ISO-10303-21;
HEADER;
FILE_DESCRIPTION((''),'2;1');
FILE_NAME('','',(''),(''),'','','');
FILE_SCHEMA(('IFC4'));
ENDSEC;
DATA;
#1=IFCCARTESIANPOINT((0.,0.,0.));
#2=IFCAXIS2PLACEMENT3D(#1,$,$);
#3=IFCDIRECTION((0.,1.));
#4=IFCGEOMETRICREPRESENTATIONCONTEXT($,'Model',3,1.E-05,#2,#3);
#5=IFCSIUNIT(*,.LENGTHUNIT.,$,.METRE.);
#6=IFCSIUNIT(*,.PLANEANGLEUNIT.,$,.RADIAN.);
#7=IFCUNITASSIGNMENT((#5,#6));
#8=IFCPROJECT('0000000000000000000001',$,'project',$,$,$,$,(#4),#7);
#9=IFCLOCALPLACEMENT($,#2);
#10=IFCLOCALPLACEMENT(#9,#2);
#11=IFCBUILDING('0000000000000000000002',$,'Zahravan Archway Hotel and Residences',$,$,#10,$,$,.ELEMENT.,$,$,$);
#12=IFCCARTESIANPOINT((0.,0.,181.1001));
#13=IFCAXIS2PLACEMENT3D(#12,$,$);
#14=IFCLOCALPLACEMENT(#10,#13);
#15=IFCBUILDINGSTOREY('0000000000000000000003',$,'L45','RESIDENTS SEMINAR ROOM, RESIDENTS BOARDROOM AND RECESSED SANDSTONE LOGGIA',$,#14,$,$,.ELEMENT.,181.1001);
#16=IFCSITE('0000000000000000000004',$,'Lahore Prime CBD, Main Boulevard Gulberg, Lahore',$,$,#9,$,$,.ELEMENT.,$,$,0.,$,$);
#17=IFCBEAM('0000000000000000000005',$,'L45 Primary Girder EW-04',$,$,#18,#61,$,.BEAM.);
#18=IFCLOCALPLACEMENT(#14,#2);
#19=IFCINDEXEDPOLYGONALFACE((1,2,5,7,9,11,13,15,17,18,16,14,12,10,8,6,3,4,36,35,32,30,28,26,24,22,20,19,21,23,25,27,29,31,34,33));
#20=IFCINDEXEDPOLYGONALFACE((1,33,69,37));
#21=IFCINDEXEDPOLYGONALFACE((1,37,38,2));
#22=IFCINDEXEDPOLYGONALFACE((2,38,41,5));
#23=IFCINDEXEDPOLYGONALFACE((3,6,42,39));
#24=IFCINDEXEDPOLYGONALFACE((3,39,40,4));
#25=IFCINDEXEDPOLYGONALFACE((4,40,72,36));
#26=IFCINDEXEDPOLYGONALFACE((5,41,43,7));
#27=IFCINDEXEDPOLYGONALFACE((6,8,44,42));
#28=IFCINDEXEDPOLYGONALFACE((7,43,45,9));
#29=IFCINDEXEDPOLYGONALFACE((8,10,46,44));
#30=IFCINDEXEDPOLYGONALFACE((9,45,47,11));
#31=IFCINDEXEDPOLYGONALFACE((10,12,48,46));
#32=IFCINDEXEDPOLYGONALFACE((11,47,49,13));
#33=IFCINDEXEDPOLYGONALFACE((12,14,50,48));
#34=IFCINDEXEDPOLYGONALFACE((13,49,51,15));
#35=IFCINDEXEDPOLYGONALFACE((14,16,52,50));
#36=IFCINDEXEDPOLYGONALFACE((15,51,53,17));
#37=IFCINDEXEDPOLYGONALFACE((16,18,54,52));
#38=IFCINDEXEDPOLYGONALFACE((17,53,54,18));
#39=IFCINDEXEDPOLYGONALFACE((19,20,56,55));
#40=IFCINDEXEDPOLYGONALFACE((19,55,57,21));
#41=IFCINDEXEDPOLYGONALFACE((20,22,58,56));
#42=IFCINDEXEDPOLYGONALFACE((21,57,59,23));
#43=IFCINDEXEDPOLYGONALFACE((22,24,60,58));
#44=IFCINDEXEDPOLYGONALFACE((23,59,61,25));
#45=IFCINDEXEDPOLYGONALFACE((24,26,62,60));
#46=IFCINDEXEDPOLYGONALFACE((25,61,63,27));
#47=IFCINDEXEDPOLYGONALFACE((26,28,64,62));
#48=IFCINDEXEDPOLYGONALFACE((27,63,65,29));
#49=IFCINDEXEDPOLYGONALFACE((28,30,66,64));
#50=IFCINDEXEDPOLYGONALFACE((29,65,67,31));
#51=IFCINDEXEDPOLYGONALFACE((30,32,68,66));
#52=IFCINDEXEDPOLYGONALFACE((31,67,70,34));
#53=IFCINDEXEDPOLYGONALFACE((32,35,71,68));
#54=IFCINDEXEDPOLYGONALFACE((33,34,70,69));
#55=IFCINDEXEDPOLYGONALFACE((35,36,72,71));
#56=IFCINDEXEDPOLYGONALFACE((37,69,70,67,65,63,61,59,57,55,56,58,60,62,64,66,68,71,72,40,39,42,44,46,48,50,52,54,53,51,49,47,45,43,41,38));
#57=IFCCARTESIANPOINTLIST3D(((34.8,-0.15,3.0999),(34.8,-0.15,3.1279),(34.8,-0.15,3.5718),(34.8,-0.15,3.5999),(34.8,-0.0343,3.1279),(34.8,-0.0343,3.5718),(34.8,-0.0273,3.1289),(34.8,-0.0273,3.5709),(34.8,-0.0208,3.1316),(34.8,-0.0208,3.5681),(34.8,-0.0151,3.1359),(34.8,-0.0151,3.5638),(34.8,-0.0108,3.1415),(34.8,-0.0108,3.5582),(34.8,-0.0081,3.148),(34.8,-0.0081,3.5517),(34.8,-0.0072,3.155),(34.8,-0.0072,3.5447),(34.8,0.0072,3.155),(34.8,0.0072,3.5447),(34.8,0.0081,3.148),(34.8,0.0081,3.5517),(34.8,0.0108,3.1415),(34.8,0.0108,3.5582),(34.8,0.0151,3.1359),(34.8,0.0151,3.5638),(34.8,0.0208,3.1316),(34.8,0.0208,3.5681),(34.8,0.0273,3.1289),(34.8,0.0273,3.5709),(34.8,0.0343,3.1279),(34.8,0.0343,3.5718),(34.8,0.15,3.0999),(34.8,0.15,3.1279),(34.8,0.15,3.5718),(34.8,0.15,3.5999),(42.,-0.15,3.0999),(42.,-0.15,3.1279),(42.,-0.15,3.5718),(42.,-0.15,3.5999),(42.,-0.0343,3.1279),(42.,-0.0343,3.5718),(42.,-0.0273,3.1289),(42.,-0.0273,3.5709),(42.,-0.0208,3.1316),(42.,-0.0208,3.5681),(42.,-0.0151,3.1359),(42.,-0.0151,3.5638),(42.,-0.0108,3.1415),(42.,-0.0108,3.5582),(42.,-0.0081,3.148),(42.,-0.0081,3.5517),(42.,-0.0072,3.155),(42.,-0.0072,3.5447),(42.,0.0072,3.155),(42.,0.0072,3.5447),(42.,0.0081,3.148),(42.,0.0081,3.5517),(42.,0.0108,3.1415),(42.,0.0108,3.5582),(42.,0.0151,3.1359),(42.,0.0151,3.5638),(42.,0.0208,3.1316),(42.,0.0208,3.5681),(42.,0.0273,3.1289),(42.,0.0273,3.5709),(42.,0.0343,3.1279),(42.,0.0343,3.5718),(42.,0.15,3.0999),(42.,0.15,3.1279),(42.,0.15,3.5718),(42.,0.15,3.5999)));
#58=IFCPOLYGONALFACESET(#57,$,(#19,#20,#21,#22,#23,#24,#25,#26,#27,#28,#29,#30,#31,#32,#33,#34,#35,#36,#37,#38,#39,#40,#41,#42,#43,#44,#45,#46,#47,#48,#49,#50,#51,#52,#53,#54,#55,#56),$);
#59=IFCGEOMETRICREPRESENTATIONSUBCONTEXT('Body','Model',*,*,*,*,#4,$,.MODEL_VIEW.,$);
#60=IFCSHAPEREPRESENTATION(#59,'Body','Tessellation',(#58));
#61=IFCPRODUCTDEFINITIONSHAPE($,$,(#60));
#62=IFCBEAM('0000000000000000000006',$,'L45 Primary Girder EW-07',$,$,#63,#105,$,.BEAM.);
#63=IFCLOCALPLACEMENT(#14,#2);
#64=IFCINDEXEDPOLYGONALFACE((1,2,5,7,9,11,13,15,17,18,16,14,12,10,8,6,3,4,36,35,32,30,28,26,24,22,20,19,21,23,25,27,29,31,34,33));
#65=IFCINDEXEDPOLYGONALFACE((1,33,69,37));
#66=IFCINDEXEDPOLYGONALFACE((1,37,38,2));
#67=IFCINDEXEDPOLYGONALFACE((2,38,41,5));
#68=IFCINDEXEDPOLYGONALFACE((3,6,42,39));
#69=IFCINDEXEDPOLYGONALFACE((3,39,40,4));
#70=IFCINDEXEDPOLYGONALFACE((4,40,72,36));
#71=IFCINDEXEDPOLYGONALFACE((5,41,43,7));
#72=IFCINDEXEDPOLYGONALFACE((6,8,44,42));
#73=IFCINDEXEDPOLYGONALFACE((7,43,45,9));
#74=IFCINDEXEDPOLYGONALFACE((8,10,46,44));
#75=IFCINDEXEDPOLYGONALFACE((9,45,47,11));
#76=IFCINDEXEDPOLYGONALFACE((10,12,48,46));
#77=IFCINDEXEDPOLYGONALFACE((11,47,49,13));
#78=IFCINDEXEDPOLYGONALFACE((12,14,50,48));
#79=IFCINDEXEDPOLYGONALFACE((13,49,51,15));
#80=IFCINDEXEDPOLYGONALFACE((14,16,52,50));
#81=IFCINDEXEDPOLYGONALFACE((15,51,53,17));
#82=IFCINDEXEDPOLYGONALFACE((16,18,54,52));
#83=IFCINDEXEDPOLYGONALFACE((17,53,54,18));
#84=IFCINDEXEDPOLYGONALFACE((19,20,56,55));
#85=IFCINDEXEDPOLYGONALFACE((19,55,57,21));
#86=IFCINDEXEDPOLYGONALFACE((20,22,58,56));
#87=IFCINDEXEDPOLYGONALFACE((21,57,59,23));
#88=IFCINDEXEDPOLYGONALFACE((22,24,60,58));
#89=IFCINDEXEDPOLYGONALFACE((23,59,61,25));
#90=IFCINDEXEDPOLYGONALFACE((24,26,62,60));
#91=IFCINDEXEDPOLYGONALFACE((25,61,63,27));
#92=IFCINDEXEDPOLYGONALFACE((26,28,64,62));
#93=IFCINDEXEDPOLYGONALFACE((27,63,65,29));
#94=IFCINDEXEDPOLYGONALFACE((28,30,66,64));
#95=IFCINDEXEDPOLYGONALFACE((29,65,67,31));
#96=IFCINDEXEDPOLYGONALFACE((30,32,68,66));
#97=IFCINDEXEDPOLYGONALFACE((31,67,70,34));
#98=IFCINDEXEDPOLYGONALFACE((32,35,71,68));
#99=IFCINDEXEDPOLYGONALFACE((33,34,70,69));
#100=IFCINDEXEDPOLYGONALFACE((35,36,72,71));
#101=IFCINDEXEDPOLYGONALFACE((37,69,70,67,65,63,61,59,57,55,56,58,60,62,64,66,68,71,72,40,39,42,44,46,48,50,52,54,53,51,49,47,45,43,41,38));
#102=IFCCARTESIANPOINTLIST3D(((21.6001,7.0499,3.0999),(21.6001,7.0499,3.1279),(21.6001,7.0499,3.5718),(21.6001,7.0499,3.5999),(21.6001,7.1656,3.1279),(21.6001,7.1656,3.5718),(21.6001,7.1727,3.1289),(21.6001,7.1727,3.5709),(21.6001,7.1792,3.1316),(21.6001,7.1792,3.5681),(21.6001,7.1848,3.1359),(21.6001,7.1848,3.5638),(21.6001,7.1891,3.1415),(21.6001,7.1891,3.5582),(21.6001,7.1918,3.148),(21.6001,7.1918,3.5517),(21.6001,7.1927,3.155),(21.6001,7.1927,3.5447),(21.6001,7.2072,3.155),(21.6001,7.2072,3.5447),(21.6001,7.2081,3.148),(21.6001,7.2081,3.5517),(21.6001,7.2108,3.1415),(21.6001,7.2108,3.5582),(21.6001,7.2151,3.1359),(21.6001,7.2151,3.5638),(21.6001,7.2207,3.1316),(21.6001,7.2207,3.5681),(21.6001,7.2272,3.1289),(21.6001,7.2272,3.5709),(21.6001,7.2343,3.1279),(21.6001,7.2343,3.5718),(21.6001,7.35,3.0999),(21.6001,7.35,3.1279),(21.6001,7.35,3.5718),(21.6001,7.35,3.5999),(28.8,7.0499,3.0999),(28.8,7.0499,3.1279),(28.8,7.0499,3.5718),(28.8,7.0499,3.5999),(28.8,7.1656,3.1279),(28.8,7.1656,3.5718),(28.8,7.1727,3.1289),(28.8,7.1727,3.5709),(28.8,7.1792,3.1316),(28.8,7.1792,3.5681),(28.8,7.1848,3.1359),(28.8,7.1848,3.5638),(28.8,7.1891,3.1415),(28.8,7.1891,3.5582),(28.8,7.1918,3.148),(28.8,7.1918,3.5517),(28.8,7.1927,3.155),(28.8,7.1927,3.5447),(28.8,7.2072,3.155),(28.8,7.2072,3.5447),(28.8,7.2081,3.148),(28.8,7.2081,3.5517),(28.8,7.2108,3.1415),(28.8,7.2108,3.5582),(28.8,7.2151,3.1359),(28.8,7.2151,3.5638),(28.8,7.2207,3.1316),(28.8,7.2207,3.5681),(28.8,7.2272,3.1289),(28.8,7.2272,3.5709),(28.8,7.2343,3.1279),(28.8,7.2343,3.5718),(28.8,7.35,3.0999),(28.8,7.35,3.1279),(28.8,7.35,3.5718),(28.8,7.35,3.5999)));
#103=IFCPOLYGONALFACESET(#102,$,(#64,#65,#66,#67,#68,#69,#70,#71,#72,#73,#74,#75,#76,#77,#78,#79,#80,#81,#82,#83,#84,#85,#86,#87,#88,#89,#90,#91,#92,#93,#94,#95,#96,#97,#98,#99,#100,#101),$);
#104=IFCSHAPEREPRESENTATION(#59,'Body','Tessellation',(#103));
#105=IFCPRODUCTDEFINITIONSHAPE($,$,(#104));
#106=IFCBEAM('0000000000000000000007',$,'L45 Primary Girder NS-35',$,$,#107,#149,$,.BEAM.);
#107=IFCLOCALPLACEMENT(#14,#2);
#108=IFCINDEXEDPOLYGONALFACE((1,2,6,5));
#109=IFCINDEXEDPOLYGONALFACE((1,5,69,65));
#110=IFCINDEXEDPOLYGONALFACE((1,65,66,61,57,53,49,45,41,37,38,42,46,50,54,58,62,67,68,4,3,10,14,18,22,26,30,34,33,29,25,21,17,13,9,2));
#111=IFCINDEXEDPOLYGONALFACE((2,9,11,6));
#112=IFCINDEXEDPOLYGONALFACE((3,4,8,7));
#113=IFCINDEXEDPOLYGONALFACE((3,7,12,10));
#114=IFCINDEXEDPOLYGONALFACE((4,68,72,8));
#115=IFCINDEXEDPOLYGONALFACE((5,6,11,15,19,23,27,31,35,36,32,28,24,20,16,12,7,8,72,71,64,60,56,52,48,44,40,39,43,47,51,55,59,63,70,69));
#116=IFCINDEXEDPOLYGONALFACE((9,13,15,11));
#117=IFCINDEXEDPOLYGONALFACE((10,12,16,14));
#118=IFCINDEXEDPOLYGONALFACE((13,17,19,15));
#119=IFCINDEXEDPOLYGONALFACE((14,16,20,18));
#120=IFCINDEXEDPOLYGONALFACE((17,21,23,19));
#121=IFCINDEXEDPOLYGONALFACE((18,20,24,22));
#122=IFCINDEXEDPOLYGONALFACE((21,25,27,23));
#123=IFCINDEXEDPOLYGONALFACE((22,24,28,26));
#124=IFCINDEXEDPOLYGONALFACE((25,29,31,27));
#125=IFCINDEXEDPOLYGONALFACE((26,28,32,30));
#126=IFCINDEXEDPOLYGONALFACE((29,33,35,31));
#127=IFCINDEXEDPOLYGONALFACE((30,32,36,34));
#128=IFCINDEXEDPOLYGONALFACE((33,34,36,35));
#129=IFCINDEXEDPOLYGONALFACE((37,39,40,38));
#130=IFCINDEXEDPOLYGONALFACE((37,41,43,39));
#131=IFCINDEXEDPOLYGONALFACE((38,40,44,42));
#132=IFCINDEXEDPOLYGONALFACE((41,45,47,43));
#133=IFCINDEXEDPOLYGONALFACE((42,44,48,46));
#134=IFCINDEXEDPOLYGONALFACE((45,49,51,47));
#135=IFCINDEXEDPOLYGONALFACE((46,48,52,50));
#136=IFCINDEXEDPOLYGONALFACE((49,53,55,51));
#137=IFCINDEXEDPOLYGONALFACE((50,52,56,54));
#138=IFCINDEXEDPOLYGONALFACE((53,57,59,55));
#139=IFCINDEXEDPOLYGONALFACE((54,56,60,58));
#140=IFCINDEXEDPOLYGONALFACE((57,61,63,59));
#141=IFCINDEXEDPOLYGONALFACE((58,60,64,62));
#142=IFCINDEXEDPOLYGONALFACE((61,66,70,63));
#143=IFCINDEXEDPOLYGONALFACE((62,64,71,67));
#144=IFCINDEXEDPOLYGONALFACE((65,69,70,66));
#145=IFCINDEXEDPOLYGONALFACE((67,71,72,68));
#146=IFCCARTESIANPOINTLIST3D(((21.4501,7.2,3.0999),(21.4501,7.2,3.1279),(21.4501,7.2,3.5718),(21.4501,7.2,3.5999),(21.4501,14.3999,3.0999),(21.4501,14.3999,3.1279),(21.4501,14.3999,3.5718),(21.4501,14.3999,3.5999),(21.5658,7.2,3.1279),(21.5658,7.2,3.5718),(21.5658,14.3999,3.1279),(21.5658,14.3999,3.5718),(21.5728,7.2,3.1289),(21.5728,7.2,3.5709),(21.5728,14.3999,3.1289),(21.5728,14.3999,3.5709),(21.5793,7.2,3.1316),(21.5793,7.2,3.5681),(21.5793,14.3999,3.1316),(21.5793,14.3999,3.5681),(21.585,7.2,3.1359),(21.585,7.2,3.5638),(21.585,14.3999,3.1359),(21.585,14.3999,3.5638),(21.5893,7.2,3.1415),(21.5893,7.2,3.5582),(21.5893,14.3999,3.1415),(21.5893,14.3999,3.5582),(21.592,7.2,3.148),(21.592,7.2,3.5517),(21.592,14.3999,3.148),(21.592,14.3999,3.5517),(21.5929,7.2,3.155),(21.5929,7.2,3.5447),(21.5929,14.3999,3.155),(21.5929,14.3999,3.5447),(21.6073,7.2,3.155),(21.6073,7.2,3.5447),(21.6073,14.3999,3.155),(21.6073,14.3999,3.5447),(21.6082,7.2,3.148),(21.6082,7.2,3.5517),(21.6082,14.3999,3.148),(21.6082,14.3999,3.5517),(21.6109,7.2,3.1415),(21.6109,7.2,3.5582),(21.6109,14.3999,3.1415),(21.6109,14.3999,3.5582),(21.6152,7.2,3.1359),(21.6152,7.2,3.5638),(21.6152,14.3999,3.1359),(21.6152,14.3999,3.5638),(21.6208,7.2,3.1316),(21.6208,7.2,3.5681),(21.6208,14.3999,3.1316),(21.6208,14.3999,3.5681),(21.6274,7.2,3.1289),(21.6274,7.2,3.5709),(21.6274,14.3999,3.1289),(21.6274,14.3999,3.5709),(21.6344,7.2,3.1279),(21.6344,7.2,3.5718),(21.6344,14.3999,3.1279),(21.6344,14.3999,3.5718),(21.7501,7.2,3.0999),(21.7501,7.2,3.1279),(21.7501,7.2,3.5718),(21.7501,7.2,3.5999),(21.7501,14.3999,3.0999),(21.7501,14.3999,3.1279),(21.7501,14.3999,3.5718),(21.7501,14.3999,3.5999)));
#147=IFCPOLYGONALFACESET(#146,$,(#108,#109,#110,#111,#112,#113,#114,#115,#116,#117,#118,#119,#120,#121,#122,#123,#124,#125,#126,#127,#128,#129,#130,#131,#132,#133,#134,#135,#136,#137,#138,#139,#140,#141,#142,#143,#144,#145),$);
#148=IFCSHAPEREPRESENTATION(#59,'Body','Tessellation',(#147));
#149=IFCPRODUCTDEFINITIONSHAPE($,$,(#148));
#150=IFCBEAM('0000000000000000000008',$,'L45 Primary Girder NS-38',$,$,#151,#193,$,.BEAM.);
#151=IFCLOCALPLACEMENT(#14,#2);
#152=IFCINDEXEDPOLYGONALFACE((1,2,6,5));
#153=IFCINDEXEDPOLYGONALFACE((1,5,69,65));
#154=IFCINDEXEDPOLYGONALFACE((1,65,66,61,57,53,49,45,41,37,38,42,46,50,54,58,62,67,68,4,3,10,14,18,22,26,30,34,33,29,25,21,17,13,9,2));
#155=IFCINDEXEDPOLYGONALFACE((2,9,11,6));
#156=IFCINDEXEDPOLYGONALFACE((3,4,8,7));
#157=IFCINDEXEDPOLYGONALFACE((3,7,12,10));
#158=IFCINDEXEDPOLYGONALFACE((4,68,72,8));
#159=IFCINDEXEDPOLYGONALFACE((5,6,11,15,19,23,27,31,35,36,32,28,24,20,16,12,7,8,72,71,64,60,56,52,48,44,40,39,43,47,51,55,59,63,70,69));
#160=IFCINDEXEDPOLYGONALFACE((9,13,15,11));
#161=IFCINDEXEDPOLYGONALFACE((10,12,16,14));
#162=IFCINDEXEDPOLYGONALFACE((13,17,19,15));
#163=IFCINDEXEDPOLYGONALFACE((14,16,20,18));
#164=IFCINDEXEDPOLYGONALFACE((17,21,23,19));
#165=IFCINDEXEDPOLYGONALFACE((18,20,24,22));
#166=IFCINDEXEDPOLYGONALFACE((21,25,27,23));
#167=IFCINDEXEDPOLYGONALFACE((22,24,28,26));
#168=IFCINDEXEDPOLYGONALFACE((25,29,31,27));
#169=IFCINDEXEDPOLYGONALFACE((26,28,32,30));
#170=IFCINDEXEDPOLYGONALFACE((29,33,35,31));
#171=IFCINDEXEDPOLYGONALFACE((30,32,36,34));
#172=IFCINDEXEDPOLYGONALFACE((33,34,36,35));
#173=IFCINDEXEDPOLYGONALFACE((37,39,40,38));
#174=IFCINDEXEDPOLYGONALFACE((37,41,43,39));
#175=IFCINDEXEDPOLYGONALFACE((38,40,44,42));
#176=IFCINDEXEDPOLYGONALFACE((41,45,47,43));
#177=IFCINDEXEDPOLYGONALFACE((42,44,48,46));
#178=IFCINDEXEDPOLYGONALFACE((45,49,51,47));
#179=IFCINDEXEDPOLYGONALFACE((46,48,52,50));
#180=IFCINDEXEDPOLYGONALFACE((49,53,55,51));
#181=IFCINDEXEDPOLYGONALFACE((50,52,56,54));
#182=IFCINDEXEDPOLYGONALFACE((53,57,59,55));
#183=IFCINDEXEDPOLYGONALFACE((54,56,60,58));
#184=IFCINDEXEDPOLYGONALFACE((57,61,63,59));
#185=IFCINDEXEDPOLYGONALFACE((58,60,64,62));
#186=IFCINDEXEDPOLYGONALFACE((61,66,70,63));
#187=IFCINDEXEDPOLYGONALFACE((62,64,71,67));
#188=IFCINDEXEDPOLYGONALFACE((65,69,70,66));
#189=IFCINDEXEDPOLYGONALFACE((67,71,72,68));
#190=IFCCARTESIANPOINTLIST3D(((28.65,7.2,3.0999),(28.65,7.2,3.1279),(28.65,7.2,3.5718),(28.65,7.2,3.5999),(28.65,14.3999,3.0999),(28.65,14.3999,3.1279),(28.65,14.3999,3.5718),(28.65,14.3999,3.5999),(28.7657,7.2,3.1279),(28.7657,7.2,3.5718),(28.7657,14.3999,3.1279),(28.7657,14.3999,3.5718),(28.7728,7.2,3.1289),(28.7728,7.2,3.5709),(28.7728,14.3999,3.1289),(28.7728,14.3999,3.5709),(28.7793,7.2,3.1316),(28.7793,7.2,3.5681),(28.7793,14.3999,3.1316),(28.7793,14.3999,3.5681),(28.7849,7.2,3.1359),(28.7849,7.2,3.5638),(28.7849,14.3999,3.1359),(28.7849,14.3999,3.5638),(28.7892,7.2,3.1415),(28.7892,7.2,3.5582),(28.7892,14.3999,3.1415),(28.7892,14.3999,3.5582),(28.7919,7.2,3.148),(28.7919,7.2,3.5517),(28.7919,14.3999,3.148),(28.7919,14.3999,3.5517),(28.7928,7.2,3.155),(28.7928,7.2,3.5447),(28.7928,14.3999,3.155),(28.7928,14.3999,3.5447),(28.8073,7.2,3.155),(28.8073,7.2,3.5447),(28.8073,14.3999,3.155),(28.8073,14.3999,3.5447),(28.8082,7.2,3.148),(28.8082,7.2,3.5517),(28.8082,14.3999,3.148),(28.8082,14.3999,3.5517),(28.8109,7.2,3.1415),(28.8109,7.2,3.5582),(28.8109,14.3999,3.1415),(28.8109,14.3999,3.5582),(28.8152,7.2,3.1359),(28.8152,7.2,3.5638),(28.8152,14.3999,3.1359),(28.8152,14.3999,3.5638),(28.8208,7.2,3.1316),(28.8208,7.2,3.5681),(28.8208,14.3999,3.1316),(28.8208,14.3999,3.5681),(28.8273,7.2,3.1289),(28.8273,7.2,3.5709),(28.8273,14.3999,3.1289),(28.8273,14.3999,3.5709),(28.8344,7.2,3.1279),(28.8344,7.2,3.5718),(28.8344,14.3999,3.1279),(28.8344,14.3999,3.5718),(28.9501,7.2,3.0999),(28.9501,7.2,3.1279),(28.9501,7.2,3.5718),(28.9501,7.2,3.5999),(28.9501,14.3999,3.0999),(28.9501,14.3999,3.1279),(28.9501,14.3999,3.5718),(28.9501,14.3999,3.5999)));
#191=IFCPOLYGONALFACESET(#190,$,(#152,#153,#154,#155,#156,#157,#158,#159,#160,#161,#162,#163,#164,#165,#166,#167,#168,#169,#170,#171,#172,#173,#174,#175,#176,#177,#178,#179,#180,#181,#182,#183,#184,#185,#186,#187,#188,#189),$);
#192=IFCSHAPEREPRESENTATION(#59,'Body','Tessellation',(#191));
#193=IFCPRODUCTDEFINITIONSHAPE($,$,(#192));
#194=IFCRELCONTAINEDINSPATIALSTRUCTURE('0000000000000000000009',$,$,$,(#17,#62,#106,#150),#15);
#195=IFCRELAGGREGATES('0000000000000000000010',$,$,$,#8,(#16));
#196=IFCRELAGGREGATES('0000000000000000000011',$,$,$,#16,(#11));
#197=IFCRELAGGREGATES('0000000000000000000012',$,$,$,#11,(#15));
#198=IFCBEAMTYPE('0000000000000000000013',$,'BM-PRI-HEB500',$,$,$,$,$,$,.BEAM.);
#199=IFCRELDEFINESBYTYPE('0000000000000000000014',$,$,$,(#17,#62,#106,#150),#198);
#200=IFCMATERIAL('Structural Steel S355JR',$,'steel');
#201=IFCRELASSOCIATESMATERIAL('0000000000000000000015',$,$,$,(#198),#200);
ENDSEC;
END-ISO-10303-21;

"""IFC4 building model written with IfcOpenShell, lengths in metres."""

from ifc_helpers import new_model, si_unit, direction, frame, origin, origin_2d, place, context, subcontext, project, spatial, i_section, extrude, source, transform, mapped, material, material_profile, profile_set, type_object, element, save


model = new_model("IFC4")

# Units and contexts
model_context = context("Model", 3, precision=1e-05, world=origin(), true_north=direction((0.0, 1.0)))
body_context = subcontext(model_context, "Body", "Model", "MODEL_VIEW")
ifc_project = project(units=[si_unit("LENGTHUNIT", "METRE"), si_unit("PLANEANGLEUNIT", "RADIAN")], contexts=[model_context])

# Site, building, storey
site_placement = place(None, origin())
site = spatial("IfcSite", under=ifc_project, at=site_placement, Name="Lahore Prime CBD, Main Boulevard Gulberg, Lahore", CompositionType="ELEMENT", RefElevation=0.0)
building_placement = place(site_placement, origin())
building = spatial("IfcBuilding", under=site, at=building_placement, Name="Zahravan Archway Hotel and Residences", CompositionType="ELEMENT")
storey_placement = place(building_placement, frame((0.0, 0.0, 181.1001)))
storey = spatial("IfcBuildingStorey", under=building, at=storey_placement, Name="L45", Description="RESIDENTS SEMINAR ROOM, RESIDENTS BOARDROOM AND RECESSED SANDSTONE LOGGIA", CompositionType="ELEMENT", Elevation=181.1001)

# Beams
ifc_material_1 = material(Name="Structural Steel S355JR", Category="steel")
ifc_material_profile_1 = material_profile(ifc_material_1, i_section(OverallWidth=0.3, OverallDepth=0.5, WebThickness=0.0144, FlangeThickness=0.0281, FilletRadius=0.0271, at=origin_2d()), Name="HEB 500", Category="steel")
ifc_profile_set_1 = profile_set([ifc_material_profile_1], Name="Structural Steel S355JR")
beam_type_1 = type_object("IfcBeamType", Name="BM-PRI-HEB500", PredefinedType="BEAM", material=ifc_profile_set_1)
shared_shape_1 = source(origin(), body_context, "Body", "SweptSolid", [
    extrude(i_section(OverallWidth=0.3, OverallDepth=0.5, WebThickness=0.0144, FlangeThickness=0.0281, FilletRadius=0.0271, at=origin_2d()), origin(), (0.0, 0.0, 1.0), 7.2),
])
for number, where, z_axis, x_axis, name in (
    (1, (34.8, 0.0, 3.3499), (1.0, 0.0, 0.0), (0.0, 1.0, 0.0), "L45 Primary Girder EW-04"),
    (2, (21.6001, 7.2, 3.3499), (1.0, 0.0, 0.0), (0.0, 1.0, 0.0), "L45 Primary Girder EW-07"),
    (3, (21.6001, 7.2, 3.3499), (0.0, 1.0, 0.0), (-1.0, 0.0, 0.0), "L45 Primary Girder NS-35"),
    (4, (28.8, 7.2, 3.3499), (0.0, 1.0, 0.0), (-1.0, 0.0, 0.0), "L45 Primary Girder NS-38"),
):
    element("IfcBeam", number, at=place(storey_placement, frame(where, z_axis=z_axis, x_axis=x_axis)), inside=storey, type_object=beam_type_1, Name=name, PredefinedType="BEAM", context=body_context, shape_type="MappedRepresentation", body=[
        mapped(shared_shape_1, transform((0.0, 0.0, 0.0), scale=1.0)),
    ])

save(model, "model.ifc")
